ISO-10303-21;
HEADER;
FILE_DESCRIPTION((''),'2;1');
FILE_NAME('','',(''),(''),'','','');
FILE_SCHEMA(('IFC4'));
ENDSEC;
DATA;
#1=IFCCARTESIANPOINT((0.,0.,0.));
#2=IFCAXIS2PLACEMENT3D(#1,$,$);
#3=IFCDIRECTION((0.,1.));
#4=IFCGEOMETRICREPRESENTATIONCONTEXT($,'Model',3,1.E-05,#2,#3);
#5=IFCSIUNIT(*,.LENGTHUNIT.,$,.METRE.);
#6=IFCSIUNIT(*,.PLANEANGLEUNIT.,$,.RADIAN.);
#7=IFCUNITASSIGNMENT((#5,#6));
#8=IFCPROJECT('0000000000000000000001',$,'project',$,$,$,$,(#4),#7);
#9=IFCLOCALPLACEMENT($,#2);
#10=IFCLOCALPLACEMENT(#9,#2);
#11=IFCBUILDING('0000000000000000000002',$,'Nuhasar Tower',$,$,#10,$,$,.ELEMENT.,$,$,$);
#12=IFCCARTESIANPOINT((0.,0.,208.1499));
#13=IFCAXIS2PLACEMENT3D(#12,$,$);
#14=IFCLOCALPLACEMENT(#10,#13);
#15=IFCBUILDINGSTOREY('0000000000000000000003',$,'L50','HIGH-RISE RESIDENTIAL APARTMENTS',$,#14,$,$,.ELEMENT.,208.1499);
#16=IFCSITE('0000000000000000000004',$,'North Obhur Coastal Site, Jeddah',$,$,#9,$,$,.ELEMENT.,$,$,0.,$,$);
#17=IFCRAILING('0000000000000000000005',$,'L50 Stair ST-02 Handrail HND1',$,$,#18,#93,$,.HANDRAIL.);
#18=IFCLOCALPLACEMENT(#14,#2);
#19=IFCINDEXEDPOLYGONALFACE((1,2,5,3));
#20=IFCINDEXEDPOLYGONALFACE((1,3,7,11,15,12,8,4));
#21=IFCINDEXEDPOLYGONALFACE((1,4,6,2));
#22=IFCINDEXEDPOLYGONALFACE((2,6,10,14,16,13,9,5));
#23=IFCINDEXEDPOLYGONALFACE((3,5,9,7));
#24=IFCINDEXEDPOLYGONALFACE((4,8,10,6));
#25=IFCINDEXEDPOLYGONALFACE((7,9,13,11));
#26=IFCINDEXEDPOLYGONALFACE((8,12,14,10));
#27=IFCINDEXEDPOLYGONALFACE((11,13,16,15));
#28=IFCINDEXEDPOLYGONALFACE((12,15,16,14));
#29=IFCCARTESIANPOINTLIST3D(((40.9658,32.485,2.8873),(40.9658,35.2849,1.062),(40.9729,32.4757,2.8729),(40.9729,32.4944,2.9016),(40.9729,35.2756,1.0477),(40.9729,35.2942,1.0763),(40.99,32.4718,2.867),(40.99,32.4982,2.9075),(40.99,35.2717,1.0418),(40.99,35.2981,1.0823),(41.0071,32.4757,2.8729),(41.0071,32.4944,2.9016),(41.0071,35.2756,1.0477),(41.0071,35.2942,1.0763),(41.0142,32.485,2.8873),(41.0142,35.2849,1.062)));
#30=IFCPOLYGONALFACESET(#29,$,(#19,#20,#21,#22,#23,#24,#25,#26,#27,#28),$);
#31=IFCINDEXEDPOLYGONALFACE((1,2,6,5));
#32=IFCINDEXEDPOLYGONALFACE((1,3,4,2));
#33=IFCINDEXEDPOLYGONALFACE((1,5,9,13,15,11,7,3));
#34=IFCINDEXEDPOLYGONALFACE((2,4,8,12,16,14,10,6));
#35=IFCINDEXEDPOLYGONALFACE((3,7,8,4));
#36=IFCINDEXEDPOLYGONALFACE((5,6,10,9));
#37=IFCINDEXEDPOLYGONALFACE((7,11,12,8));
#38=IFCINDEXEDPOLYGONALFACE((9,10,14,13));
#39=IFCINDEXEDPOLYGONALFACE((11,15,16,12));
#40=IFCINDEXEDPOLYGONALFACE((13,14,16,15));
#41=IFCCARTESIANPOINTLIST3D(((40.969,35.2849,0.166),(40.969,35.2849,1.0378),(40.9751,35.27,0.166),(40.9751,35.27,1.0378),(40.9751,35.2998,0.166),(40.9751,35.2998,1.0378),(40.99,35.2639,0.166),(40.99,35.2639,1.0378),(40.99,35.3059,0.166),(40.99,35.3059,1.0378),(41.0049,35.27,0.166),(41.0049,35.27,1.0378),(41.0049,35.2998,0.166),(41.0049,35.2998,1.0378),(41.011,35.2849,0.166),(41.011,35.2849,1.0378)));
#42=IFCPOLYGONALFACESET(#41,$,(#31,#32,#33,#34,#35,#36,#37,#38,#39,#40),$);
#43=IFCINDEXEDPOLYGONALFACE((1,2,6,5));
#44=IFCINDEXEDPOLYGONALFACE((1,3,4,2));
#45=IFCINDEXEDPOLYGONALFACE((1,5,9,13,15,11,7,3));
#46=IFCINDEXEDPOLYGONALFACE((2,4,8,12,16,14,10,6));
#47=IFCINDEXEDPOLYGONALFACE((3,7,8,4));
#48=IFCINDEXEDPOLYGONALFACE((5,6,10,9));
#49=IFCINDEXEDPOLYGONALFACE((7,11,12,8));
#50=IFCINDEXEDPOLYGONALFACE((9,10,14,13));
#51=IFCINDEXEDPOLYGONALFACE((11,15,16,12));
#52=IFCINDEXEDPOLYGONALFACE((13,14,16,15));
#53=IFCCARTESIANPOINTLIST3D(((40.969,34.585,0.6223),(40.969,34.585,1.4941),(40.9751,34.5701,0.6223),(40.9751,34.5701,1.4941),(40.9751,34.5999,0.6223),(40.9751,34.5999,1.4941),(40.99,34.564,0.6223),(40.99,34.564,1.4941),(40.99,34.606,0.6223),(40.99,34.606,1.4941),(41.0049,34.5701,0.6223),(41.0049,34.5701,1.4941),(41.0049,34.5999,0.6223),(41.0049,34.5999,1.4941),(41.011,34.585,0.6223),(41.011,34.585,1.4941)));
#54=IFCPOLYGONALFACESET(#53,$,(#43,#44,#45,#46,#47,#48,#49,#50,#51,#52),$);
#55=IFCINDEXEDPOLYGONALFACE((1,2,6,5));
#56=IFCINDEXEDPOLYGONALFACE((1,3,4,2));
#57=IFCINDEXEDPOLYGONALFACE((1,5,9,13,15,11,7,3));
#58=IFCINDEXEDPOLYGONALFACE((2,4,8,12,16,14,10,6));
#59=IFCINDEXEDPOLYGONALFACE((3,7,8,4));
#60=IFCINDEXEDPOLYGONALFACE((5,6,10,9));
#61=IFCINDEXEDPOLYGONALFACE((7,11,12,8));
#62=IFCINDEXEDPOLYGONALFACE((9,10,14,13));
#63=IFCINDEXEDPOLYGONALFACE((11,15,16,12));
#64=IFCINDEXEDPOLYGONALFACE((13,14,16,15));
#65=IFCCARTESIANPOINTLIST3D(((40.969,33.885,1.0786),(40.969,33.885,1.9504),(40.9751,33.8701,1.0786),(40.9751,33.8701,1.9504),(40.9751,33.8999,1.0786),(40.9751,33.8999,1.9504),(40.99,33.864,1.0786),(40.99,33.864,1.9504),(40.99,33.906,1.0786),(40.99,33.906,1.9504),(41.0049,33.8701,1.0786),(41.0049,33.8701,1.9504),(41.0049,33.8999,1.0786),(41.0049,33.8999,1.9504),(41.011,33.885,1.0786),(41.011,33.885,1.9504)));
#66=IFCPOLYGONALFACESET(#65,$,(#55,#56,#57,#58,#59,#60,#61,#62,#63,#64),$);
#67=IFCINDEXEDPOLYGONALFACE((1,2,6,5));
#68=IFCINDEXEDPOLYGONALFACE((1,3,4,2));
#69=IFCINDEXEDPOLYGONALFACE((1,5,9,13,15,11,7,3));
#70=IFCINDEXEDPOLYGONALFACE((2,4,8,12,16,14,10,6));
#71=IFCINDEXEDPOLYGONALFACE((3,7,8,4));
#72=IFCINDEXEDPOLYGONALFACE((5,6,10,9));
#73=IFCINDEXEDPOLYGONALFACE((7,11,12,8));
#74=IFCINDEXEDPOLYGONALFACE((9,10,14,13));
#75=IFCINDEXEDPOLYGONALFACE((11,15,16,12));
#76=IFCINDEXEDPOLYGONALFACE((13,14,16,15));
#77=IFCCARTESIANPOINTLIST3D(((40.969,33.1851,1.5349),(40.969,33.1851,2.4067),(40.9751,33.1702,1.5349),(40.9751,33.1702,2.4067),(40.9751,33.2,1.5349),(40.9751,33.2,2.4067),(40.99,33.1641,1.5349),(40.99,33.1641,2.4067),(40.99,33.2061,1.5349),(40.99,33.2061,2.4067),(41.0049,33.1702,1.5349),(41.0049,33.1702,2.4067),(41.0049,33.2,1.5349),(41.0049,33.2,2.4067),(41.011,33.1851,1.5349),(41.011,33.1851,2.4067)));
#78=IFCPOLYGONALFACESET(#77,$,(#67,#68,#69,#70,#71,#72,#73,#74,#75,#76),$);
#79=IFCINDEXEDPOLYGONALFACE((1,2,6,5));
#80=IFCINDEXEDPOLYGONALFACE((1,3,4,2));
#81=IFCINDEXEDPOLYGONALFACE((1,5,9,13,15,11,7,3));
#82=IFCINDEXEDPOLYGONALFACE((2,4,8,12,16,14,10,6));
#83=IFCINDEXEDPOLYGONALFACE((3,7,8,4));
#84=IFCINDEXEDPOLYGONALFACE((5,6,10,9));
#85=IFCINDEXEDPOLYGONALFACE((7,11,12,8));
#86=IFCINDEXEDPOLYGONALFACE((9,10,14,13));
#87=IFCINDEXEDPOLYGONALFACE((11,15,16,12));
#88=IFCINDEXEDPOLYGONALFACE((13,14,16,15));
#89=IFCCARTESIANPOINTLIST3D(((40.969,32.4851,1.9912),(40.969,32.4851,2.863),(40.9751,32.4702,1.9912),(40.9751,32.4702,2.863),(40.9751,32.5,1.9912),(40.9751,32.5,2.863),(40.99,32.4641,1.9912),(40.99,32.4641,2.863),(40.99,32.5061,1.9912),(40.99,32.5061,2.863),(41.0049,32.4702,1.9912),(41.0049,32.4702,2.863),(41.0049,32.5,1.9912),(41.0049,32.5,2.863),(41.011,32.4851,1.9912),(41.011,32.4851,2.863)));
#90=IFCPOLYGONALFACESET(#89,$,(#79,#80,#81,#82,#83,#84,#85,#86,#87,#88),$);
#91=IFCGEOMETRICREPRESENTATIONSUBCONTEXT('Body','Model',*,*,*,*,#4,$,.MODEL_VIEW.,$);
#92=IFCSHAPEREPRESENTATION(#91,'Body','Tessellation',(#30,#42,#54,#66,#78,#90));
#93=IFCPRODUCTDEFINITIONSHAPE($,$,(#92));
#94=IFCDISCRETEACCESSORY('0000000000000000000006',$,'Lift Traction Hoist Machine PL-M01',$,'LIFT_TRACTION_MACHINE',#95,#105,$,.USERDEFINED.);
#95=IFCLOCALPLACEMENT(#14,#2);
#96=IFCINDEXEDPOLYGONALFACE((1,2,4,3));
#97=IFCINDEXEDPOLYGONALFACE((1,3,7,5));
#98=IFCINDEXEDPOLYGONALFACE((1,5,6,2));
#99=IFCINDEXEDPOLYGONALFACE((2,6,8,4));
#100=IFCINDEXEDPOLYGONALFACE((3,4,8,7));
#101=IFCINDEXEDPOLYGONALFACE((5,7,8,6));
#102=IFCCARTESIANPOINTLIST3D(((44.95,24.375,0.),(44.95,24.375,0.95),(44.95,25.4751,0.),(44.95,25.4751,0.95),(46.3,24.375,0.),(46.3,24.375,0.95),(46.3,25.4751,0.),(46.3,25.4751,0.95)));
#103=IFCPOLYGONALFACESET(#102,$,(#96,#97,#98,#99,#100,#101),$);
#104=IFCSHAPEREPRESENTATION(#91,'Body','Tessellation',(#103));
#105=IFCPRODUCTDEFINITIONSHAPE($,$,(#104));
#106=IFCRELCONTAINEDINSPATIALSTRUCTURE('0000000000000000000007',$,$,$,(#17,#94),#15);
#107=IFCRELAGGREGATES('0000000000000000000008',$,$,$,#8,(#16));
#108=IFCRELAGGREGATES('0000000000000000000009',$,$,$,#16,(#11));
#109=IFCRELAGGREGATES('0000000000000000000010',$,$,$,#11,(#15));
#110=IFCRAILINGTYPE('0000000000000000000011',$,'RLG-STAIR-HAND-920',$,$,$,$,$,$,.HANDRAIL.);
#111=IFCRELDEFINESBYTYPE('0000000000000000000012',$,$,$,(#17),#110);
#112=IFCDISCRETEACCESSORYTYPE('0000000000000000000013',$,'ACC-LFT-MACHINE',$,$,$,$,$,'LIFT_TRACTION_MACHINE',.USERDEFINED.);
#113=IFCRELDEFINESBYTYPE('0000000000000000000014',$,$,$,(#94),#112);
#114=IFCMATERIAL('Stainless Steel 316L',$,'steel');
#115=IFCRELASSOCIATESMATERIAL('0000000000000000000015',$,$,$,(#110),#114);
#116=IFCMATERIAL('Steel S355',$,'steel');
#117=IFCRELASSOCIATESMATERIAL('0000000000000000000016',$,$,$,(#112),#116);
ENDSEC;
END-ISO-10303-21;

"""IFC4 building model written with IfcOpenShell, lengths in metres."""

from ifc_helpers import new_model, si_unit, direction, frame, origin, origin_2d, place, context, subcontext, project, spatial, polyline, rectangle, outline, extrude, material, type_object, element, save


model = new_model("IFC4")

# Units and contexts
model_context = context("Model", 3, precision=1e-05, world=origin(), true_north=direction((0.0, 1.0)))
body_context = subcontext(model_context, "Body", "Model", "MODEL_VIEW")
ifc_project = project(units=[si_unit("LENGTHUNIT", "METRE"), si_unit("PLANEANGLEUNIT", "RADIAN")], contexts=[model_context])

# Site, building, storey
site_placement = place(None, origin())
site = spatial("IfcSite", under=ifc_project, at=site_placement, Name="North Obhur Coastal Site, Jeddah", CompositionType="ELEMENT", RefElevation=0.0)
building_placement = place(site_placement, origin())
building = spatial("IfcBuilding", under=site, at=building_placement, Name="Nuhasar Tower", CompositionType="ELEMENT")
storey_placement = place(building_placement, frame((0.0, 0.0, 208.1499)))
storey = spatial("IfcBuildingStorey", under=building, at=storey_placement, Name="L50", Description="HIGH-RISE RESIDENTIAL APARTMENTS", CompositionType="ELEMENT", Elevation=208.1499)

# Shared definitions
ifc_material_1 = material(Name="Steel S355", Category="steel")

# Railing
ifc_material_2 = material(Name="Stainless Steel 316L", Category="steel")
railing_type_1 = type_object("IfcRailingType", Name="RLG-STAIR-HAND-920", PredefinedType="HANDRAIL", material=ifc_material_2)
railing_1_placement = place(storey_placement, frame((40.99, 35.2849, 0.166)))
element("IfcRailing", 1, at=railing_1_placement, inside=storey, type_object=railing_type_1, Name="L50 Stair ST-02 Handrail HND1", PredefinedType="HANDRAIL", context=body_context, shape_type="SweptSolid", body=[
    extrude(outline(polyline([(0.0242, 0.0), (0.0171, 0.0171), (0.0, 0.0242), (-0.0171, 0.0171), (-0.0242, 0.0), (-0.0171, -0.0171), (0.0, -0.0242), (0.0171, -0.0171), (0.0242, 0.0)])), frame((0.0, 0.0, 0.896), z_axis=(0.0, -0.837715, 0.546107), x_axis=(1.0, 0.0, 0.0)), (0.0, 0.0, 1.0), 3.3423),
    extrude(outline(polyline([(0.021, 0.0), (0.0149, 0.0149), (0.0, 0.021), (-0.0149, 0.0149), (-0.021, 0.0), (-0.0149, -0.0149), (0.0, -0.021), (0.0149, -0.0149), (0.021, 0.0)])), origin(), (0.0, 0.0, 1.0), 0.8718),
    extrude(outline(polyline([(0.021, 0.0), (0.0149, 0.0149), (0.0, 0.021), (-0.0149, 0.0149), (-0.021, 0.0), (-0.0149, -0.0149), (0.0, -0.021), (0.0149, -0.0149), (0.021, 0.0)])), frame((0.0, -0.7, 0.4563)), (0.0, 0.0, 1.0), 0.8718),
    extrude(outline(polyline([(0.021, 0.0), (0.0149, 0.0149), (0.0, 0.021), (-0.0149, 0.0149), (-0.021, 0.0), (-0.0149, -0.0149), (0.0, -0.021), (0.0149, -0.0149), (0.021, 0.0)])), frame((0.0, -1.3999, 0.9126)), (0.0, 0.0, 1.0), 0.8718),
    extrude(outline(polyline([(0.021, 0.0), (0.0149, 0.0149), (0.0, 0.021), (-0.0149, 0.0149), (-0.021, 0.0), (-0.0149, -0.0149), (0.0, -0.021), (0.0149, -0.0149), (0.021, 0.0)])), frame((0.0, -2.0999, 1.3689)), (0.0, 0.0, 1.0), 0.8718),
    extrude(outline(polyline([(0.021, 0.0), (0.0149, 0.0149), (0.0, 0.021), (-0.0149, 0.0149), (-0.021, 0.0), (-0.0149, -0.0149), (0.0, -0.021), (0.0149, -0.0149), (0.021, 0.0)])), frame((0.0, -2.7998, 1.8252)), (0.0, 0.0, 1.0), 0.8718),
])

# Discrete accessory
discrete_accessory_type = type_object("IfcDiscreteAccessoryType", Name="ACC-LFT-MACHINE", ElementType="LIFT_TRACTION_MACHINE", PredefinedType="USERDEFINED", material=ifc_material_1)
discrete_accessory_placement = place(storey_placement, frame((45.625, 24.925, 0.0), z_axis=(0.0, 0.0, 1.0), x_axis=(1.0, 0.0, 0.0)))
element("IfcDiscreteAccessory", 2, at=discrete_accessory_placement, inside=storey, type_object=discrete_accessory_type, Name="Lift Traction Hoist Machine PL-M01", ObjectType="LIFT_TRACTION_MACHINE", PredefinedType="USERDEFINED", context=body_context, shape_type="SweptSolid", body=[
    extrude(rectangle(XDim=1.3501, YDim=1.1001, at=origin_2d()), origin(), (0.0, 0.0, 1.0), 0.95),
])

save(model, "model.ifc")
